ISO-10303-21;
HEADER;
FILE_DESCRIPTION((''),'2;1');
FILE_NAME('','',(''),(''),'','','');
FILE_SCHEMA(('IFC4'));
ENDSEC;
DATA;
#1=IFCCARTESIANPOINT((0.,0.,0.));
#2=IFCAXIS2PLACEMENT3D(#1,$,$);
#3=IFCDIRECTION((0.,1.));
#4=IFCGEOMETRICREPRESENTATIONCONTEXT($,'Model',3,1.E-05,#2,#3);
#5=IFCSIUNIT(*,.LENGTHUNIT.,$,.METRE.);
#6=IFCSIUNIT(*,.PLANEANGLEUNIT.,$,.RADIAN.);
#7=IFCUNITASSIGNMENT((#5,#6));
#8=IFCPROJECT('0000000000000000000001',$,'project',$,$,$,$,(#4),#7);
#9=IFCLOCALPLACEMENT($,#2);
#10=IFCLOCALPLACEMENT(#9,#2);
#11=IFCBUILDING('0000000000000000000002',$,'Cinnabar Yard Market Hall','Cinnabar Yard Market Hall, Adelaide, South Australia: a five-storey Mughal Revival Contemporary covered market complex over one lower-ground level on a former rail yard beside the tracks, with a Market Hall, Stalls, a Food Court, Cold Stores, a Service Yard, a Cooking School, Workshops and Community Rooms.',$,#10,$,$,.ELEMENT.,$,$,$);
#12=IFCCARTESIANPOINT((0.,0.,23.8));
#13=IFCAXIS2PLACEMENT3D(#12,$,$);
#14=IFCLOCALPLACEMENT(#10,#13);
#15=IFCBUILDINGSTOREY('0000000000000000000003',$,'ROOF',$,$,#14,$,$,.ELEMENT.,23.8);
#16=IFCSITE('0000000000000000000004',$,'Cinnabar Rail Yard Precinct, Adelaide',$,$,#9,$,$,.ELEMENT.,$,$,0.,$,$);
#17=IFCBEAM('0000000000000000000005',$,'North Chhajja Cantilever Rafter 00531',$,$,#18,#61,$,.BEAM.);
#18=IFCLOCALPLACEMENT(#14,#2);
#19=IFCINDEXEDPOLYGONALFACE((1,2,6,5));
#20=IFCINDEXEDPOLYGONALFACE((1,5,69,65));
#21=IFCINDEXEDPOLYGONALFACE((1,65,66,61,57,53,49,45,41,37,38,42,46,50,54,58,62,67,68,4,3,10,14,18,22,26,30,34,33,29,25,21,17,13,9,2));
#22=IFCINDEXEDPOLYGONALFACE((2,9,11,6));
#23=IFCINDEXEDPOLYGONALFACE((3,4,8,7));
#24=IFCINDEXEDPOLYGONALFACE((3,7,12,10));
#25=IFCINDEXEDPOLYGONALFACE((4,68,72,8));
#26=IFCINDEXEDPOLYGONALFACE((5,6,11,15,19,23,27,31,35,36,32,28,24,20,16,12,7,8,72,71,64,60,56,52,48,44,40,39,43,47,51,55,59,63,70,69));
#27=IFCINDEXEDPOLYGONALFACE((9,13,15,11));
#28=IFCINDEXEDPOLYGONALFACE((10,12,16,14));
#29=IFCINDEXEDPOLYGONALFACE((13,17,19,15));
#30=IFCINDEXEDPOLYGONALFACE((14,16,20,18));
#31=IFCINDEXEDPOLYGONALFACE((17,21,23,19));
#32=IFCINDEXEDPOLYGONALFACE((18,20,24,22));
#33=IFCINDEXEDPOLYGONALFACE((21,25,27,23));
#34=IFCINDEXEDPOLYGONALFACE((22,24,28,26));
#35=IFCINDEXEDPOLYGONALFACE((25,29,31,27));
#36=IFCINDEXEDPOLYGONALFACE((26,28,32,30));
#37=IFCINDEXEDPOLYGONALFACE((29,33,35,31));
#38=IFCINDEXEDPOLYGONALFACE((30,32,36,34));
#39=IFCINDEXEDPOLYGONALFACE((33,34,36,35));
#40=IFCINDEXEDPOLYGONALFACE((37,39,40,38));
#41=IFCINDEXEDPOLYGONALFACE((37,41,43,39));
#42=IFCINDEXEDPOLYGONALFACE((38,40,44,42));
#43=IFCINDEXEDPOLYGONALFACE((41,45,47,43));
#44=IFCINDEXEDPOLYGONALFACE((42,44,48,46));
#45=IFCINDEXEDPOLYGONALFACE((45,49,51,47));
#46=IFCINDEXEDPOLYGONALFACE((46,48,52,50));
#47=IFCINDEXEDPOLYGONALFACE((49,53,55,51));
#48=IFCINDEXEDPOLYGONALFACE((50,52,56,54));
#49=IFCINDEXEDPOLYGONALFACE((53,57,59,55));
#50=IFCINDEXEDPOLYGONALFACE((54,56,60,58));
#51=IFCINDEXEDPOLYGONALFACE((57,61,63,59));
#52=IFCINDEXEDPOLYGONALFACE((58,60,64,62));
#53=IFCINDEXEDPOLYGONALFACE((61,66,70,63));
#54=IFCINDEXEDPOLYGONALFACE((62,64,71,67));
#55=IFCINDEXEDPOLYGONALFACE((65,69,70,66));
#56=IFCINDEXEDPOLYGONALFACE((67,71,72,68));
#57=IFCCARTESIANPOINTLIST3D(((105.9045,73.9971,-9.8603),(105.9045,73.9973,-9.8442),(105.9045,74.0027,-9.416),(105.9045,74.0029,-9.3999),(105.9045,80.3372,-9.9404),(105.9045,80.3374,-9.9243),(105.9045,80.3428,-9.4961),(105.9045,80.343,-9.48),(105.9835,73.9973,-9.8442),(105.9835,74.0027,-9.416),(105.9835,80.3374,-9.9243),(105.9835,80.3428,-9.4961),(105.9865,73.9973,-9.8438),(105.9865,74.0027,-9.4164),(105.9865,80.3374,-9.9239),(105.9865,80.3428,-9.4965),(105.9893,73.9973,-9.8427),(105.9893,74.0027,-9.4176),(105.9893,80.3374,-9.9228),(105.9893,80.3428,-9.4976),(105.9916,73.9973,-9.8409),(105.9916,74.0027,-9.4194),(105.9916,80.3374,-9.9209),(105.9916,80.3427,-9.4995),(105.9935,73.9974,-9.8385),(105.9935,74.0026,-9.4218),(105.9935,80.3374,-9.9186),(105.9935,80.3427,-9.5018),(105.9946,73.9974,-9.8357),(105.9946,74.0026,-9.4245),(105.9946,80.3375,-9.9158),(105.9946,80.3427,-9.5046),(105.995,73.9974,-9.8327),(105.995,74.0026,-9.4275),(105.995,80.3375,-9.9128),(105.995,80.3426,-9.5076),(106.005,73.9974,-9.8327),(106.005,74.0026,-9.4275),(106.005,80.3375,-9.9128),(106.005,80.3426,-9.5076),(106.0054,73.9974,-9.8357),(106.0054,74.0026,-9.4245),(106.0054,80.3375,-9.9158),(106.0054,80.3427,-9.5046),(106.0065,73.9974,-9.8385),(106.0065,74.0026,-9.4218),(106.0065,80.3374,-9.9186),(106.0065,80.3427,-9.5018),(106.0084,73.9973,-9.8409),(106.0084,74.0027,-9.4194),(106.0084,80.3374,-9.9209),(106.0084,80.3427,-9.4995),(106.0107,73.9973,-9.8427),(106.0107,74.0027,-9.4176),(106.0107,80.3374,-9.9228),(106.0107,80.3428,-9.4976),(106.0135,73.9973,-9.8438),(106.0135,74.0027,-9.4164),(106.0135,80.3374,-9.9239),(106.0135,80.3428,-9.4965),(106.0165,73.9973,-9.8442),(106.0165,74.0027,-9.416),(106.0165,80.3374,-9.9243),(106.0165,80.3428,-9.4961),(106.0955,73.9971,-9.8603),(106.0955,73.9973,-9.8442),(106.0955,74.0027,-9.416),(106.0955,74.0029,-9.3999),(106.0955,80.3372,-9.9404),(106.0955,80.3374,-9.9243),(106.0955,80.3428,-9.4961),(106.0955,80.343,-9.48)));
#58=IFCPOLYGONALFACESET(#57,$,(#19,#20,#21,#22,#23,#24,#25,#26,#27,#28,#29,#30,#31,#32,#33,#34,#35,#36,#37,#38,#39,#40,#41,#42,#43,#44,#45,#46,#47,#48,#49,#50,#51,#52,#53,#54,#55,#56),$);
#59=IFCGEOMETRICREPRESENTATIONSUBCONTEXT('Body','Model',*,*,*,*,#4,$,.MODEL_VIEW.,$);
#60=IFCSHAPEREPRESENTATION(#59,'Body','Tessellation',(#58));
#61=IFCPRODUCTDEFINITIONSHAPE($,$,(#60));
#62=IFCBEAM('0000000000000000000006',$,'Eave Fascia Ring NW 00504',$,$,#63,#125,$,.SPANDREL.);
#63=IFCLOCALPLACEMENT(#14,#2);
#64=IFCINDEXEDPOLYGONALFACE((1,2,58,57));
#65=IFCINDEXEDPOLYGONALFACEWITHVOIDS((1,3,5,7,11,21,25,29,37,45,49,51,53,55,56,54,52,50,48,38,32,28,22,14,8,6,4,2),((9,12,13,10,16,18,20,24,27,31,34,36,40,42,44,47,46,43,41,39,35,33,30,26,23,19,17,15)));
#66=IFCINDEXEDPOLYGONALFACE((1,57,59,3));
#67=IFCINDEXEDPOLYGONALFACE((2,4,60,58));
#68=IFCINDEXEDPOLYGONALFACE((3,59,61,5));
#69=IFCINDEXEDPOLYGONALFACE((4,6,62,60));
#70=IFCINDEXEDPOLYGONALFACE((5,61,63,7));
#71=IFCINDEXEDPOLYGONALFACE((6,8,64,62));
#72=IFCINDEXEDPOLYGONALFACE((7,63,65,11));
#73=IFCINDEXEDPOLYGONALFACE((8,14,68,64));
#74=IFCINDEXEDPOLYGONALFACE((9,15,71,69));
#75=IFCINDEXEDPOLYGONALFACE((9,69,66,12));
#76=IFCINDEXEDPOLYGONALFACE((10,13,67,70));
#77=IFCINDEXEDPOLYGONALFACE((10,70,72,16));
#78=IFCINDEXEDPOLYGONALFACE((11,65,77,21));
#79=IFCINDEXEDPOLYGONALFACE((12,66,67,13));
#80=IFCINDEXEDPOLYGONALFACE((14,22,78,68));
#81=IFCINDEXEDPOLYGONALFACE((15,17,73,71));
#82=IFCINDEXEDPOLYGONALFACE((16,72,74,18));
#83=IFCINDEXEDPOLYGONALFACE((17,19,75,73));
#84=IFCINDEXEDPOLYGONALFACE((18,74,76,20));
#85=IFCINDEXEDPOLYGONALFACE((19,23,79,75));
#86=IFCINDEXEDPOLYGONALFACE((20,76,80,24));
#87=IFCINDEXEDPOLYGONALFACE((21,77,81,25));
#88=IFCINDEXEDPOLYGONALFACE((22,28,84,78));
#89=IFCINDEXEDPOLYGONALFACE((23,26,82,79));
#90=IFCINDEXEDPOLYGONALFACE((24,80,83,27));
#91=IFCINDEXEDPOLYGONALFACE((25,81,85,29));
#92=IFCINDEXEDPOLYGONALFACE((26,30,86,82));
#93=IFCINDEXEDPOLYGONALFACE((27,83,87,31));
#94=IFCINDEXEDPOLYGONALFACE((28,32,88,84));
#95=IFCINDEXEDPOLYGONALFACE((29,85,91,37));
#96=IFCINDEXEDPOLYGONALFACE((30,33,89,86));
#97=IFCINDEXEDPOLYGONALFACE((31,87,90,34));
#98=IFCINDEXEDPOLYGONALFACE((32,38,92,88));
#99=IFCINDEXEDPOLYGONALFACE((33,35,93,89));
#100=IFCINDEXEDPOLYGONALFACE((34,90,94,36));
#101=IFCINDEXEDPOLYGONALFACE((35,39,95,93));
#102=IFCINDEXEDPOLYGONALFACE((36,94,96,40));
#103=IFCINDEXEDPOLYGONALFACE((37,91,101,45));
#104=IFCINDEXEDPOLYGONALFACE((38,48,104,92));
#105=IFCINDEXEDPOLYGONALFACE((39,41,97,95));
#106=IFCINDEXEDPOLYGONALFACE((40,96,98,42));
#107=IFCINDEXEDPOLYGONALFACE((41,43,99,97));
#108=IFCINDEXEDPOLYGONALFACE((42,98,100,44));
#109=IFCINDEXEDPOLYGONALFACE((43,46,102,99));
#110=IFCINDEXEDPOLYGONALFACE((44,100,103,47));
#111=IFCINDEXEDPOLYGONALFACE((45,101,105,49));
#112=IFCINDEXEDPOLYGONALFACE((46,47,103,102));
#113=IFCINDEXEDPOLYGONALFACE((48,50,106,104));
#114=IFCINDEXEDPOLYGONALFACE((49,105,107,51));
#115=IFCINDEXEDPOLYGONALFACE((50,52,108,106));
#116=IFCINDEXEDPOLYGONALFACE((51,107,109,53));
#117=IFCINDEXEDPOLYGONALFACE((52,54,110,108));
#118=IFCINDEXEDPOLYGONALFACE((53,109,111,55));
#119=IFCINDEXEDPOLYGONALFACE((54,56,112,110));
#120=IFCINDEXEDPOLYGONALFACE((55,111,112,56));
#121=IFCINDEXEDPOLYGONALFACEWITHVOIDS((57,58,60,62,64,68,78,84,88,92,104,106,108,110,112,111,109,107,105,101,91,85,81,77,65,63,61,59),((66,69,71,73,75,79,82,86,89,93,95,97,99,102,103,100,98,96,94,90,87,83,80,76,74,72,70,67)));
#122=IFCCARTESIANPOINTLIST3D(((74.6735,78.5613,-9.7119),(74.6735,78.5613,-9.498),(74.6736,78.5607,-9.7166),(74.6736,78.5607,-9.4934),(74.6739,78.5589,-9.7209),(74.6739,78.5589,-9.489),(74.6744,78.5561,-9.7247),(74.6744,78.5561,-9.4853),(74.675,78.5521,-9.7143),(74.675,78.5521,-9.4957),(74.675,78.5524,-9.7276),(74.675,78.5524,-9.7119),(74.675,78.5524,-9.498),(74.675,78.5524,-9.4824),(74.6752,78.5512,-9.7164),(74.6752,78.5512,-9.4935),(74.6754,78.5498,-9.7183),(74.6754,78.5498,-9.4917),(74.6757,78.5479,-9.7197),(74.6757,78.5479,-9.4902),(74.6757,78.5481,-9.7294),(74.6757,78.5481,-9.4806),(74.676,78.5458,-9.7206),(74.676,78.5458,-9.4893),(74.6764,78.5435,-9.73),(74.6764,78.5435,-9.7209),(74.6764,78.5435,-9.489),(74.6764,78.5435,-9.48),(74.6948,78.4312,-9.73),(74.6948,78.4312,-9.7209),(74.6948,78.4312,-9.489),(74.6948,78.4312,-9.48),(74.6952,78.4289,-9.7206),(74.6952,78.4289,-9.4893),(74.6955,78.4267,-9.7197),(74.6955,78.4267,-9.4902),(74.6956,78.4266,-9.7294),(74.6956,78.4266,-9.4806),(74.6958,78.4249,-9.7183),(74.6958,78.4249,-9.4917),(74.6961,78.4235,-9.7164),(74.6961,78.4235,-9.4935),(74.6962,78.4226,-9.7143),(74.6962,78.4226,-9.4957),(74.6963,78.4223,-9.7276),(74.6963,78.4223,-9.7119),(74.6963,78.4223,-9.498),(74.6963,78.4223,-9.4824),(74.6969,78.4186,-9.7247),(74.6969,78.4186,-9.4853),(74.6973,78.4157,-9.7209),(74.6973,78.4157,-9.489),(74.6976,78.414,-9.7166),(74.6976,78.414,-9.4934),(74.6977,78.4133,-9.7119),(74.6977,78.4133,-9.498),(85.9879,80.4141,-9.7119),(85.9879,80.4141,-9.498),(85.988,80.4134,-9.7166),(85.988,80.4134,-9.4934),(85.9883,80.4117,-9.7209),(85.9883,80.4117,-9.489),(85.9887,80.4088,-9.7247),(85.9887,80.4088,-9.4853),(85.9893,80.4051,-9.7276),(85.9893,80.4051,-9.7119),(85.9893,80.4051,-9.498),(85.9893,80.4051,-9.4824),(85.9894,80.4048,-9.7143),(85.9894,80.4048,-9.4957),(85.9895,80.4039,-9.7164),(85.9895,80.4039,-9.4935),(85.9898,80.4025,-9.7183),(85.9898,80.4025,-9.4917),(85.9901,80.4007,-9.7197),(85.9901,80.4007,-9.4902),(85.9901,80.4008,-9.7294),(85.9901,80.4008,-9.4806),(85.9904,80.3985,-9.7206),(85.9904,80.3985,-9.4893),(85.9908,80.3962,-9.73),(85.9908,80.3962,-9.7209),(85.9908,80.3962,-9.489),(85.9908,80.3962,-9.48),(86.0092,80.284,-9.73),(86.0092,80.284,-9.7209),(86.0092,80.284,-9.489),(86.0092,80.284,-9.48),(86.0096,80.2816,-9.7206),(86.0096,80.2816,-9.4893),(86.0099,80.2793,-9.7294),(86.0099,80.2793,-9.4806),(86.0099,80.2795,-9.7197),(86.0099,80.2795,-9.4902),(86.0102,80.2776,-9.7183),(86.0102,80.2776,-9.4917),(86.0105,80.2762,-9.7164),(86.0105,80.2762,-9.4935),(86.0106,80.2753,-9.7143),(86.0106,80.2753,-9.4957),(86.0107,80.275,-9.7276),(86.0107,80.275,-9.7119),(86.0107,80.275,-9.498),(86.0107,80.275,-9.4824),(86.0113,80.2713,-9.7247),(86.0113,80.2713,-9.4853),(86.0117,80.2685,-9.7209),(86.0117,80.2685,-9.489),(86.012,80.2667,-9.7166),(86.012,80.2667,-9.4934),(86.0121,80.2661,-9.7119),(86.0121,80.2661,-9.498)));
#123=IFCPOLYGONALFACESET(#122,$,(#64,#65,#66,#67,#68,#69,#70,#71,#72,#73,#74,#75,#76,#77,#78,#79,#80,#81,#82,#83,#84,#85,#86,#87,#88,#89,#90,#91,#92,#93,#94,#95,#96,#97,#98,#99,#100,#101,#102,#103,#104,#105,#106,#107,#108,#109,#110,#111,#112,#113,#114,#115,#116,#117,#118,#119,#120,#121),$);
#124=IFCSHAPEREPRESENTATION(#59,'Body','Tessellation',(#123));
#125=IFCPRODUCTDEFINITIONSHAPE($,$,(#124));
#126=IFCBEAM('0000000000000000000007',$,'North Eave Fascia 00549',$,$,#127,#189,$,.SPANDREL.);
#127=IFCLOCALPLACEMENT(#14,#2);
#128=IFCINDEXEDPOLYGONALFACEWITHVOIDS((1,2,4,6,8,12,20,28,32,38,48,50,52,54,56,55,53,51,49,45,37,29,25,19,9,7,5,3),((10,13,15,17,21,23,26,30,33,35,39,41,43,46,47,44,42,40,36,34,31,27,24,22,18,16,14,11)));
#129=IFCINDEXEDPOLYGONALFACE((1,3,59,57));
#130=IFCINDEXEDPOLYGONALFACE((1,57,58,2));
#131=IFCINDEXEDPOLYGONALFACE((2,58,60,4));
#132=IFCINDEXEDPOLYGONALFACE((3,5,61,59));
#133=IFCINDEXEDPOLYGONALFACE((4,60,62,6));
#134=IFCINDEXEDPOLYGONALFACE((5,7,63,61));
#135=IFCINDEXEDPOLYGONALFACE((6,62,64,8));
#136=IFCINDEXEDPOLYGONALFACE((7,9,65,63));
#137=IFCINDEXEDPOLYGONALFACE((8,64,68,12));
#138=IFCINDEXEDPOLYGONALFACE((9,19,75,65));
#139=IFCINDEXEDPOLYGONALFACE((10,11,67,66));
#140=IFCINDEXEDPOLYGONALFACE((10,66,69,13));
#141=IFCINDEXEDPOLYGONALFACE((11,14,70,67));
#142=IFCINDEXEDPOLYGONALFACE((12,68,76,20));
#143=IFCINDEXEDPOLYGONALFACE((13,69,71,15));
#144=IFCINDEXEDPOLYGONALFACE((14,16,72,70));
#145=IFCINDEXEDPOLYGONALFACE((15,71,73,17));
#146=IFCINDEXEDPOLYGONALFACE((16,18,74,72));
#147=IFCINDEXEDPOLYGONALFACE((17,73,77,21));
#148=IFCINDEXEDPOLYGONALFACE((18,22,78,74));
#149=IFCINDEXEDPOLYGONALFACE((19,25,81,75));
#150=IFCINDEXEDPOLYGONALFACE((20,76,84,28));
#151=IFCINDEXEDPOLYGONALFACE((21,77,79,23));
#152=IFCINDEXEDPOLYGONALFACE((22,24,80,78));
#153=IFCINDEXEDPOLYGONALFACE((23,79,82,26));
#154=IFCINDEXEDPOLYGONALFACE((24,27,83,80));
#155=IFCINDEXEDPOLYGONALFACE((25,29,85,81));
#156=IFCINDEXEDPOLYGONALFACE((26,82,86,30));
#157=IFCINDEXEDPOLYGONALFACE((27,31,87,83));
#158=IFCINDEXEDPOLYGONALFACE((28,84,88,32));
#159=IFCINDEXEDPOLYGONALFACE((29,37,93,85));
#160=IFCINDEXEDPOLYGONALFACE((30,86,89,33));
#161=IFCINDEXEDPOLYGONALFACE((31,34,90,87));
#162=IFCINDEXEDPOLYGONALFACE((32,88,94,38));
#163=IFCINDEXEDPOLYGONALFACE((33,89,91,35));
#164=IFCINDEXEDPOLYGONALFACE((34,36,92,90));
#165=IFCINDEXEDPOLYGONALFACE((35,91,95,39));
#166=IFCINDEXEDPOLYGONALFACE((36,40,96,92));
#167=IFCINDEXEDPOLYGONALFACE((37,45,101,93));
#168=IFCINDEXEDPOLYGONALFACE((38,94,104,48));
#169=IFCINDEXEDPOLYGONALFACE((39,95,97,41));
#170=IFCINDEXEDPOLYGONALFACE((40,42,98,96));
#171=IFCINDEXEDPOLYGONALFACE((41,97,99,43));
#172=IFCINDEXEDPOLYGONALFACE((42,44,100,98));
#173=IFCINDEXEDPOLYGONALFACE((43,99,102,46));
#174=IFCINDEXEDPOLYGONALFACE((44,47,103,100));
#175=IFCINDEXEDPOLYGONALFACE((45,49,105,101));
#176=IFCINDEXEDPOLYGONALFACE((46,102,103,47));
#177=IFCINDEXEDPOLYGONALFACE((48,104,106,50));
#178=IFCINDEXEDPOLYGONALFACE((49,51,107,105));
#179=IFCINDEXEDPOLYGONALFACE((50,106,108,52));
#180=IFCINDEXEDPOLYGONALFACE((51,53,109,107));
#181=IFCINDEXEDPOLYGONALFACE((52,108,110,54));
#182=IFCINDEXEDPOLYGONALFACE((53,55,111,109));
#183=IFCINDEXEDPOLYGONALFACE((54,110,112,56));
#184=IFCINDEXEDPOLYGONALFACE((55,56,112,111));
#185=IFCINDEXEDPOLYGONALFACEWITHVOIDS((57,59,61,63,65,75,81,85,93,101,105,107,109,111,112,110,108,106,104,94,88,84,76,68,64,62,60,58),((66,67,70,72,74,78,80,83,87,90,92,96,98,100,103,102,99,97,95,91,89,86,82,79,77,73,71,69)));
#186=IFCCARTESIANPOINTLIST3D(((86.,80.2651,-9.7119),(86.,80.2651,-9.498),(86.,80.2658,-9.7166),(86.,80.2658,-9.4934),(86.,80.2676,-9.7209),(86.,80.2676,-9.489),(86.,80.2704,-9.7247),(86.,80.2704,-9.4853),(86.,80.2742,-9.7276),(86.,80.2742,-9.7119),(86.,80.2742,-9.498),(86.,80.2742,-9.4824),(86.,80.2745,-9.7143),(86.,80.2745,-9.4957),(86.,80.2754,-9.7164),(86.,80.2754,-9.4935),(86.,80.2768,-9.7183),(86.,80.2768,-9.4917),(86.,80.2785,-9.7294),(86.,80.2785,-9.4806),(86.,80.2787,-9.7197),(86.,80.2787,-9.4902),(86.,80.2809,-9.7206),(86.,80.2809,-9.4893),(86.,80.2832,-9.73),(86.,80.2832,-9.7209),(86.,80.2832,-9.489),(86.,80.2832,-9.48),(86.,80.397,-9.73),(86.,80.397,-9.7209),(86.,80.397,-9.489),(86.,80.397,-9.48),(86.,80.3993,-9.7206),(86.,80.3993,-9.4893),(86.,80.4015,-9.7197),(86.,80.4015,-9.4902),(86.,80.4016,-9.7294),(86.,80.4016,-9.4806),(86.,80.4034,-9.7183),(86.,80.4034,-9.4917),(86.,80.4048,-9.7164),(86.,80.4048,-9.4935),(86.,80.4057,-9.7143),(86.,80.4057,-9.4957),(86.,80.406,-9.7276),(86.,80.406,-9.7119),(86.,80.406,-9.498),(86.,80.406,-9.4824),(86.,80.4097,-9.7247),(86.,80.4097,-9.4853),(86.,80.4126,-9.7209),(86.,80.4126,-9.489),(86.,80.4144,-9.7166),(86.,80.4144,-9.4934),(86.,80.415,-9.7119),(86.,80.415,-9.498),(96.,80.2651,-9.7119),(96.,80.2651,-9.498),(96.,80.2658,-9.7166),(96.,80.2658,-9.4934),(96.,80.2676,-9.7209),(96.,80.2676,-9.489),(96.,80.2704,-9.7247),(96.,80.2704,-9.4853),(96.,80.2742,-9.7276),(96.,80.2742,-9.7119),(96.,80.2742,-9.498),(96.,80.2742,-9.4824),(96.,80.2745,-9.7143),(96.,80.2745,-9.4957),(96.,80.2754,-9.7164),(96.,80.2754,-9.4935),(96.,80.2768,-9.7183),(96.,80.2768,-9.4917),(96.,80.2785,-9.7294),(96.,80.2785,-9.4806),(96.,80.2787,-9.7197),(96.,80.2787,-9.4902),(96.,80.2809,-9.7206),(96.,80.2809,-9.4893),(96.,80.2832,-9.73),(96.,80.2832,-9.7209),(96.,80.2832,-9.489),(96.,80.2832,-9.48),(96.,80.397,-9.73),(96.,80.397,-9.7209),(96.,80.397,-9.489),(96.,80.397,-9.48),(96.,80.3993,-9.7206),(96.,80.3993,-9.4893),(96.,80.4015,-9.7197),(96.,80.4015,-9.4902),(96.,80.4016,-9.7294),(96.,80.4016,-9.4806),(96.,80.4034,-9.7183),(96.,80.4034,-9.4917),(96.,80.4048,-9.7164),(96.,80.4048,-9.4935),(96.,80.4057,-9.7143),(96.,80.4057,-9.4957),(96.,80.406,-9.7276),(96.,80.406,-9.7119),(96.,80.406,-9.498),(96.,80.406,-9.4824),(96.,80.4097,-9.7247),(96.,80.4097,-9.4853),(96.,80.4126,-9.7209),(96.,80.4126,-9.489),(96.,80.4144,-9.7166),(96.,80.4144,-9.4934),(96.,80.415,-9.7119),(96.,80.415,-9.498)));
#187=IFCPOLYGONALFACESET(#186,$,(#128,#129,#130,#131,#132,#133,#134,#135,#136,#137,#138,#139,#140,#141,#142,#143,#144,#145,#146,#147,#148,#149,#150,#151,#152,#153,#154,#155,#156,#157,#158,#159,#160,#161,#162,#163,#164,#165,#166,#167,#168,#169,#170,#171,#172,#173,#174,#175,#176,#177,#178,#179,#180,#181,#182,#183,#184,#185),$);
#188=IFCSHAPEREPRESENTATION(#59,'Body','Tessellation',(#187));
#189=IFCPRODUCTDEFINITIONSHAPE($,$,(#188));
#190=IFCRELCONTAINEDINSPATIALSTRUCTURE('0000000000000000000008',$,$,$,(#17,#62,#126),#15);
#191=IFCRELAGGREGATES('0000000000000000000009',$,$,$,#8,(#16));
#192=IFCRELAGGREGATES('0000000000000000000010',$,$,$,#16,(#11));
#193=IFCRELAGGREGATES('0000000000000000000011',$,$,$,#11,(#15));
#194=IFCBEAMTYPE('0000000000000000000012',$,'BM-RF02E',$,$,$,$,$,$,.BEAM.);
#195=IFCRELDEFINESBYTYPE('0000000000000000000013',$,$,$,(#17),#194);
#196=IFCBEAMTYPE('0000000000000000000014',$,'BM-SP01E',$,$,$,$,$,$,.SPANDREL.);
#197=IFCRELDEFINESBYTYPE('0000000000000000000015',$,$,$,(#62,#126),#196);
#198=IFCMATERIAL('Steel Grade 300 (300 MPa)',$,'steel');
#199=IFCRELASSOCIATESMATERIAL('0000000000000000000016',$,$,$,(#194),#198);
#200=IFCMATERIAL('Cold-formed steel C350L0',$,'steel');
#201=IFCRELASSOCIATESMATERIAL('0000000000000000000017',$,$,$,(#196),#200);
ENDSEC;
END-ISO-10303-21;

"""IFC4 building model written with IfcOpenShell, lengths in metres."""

from ifc_helpers import new_model, si_unit, direction, frame, origin, origin_2d_with_axis, place, context, subcontext, project, spatial, hollow_rectangle, i_section, extrude, material, material_profile, profile_set, type_object, element, save


model = new_model("IFC4")

# Units and contexts
model_context = context("Model", 3, precision=1e-05, world=origin(), true_north=direction((0.0, 1.0)))
body_context = subcontext(model_context, "Body", "Model", "MODEL_VIEW")
ifc_project = project(units=[si_unit("LENGTHUNIT", "METRE"), si_unit("PLANEANGLEUNIT", "RADIAN")], contexts=[model_context])

# Site, building, storey
site_placement = place(None, origin())
site = spatial("IfcSite", under=ifc_project, at=site_placement, Name="Cinnabar Rail Yard Precinct, Adelaide", CompositionType="ELEMENT", RefElevation=0.0)
building_placement = place(site_placement, origin())
building = spatial("IfcBuilding", under=site, at=building_placement, Name="Cinnabar Yard Market Hall", Description="Cinnabar Yard Market Hall, Adelaide, South Australia: a five-storey Mughal Revival Contemporary covered market complex over one lower-ground level on a former rail yard beside the tracks, with a Market Hall, Stalls, a Food Court, Cold Stores, a Service Yard, a Cooking School, Workshops and Community Rooms.", CompositionType="ELEMENT")
storey_placement = place(building_placement, frame((0.0, 0.0, 23.8)))
storey = spatial("IfcBuildingStorey", under=building, at=storey_placement, Name="ROOF", CompositionType="ELEMENT", Elevation=23.8)

# Beams
ifc_material_1 = material(Name="Steel Grade 300 (300 MPa)", Category="steel")
ifc_material_profile_1 = material_profile(ifc_material_1, i_section(OverallWidth=0.1909, OverallDepth=0.4604, WebThickness=0.01, FlangeThickness=0.0161, FilletRadius=0.0115, at=origin_2d_with_axis()), Name="460UB82.1")
ifc_profile_set_1 = profile_set([ifc_material_profile_1], Name="Steel Grade 300 (300 MPa)")
beam_type_1 = type_object("IfcBeamType", Name="BM-RF02E", PredefinedType="BEAM", material=ifc_profile_set_1)
beam_1_placement = place(storey_placement, frame((106.0, 74.0, -9.6301), z_axis=(0.0, 0.99992, -0.012629), x_axis=(-1.0, 0.0, 0.0)))
element("IfcBeam", 1, at=beam_1_placement, inside=storey, type_object=beam_type_1, Name="North Chhajja Cantilever Rafter 00531", PredefinedType="BEAM", context=body_context, shape_type="SweptSolid", body=[
    extrude(i_section(OverallWidth=0.1909, OverallDepth=0.4604, WebThickness=0.01, FlangeThickness=0.0161, FilletRadius=0.0115, at=origin_2d_with_axis()), origin(), (0.0, 0.0, 1.0), 6.3406),
])
ifc_material_2 = material(Name="Cold-formed steel C350L0", Category="steel")
ifc_material_profile_2 = material_profile(ifc_material_2, hollow_rectangle(XDim=0.1499, YDim=0.25, WallThickness=0.009, InnerFilletRadius=0.009, OuterFilletRadius=0.0181, at=origin_2d_with_axis()), Name="250x150x9.0RHS")
ifc_profile_set_2 = profile_set([ifc_material_profile_2], Name="Cold-formed steel C350L0")
beam_type_2 = type_object("IfcBeamType", Name="BM-SP01E", PredefinedType="SPANDREL", material=ifc_profile_set_2)
beam_2_placement = place(storey_placement, frame((86.0, 80.3401, -9.605), z_axis=(-0.986856, -0.161601, 0.0), x_axis=(0.161601, -0.986856, 0.0)))
element("IfcBeam", 2, at=beam_2_placement, inside=storey, type_object=beam_type_2, Name="Eave Fascia Ring NW 00504", PredefinedType="SPANDREL", context=body_context, shape_type="SweptSolid", body=[
    extrude(hollow_rectangle(XDim=0.1499, YDim=0.25, WallThickness=0.009, InnerFilletRadius=0.009, OuterFilletRadius=0.0181, at=origin_2d_with_axis()), origin(), (0.0, 0.0, 1.0), 11.4651),
])
for number, where, z_axis, x_axis, name in (
    (3, (86.0, 80.3401, -9.605), (1.0, 0.0, 0.0), (0.0, 1.0, 0.0), "North Eave Fascia 00549"),
):
    element("IfcBeam", number, at=place(storey_placement, frame(where, z_axis=z_axis, x_axis=x_axis)), inside=storey, type_object=beam_type_2, Name=name, PredefinedType="SPANDREL", context=body_context, shape_type="SweptSolid", body=[
        extrude(hollow_rectangle(XDim=0.1499, YDim=0.25, WallThickness=0.009, InnerFilletRadius=0.009, OuterFilletRadius=0.0181, at=origin_2d_with_axis()), origin(), (0.0, 0.0, 1.0), 10.0),
    ])

save(model, "model.ifc")
